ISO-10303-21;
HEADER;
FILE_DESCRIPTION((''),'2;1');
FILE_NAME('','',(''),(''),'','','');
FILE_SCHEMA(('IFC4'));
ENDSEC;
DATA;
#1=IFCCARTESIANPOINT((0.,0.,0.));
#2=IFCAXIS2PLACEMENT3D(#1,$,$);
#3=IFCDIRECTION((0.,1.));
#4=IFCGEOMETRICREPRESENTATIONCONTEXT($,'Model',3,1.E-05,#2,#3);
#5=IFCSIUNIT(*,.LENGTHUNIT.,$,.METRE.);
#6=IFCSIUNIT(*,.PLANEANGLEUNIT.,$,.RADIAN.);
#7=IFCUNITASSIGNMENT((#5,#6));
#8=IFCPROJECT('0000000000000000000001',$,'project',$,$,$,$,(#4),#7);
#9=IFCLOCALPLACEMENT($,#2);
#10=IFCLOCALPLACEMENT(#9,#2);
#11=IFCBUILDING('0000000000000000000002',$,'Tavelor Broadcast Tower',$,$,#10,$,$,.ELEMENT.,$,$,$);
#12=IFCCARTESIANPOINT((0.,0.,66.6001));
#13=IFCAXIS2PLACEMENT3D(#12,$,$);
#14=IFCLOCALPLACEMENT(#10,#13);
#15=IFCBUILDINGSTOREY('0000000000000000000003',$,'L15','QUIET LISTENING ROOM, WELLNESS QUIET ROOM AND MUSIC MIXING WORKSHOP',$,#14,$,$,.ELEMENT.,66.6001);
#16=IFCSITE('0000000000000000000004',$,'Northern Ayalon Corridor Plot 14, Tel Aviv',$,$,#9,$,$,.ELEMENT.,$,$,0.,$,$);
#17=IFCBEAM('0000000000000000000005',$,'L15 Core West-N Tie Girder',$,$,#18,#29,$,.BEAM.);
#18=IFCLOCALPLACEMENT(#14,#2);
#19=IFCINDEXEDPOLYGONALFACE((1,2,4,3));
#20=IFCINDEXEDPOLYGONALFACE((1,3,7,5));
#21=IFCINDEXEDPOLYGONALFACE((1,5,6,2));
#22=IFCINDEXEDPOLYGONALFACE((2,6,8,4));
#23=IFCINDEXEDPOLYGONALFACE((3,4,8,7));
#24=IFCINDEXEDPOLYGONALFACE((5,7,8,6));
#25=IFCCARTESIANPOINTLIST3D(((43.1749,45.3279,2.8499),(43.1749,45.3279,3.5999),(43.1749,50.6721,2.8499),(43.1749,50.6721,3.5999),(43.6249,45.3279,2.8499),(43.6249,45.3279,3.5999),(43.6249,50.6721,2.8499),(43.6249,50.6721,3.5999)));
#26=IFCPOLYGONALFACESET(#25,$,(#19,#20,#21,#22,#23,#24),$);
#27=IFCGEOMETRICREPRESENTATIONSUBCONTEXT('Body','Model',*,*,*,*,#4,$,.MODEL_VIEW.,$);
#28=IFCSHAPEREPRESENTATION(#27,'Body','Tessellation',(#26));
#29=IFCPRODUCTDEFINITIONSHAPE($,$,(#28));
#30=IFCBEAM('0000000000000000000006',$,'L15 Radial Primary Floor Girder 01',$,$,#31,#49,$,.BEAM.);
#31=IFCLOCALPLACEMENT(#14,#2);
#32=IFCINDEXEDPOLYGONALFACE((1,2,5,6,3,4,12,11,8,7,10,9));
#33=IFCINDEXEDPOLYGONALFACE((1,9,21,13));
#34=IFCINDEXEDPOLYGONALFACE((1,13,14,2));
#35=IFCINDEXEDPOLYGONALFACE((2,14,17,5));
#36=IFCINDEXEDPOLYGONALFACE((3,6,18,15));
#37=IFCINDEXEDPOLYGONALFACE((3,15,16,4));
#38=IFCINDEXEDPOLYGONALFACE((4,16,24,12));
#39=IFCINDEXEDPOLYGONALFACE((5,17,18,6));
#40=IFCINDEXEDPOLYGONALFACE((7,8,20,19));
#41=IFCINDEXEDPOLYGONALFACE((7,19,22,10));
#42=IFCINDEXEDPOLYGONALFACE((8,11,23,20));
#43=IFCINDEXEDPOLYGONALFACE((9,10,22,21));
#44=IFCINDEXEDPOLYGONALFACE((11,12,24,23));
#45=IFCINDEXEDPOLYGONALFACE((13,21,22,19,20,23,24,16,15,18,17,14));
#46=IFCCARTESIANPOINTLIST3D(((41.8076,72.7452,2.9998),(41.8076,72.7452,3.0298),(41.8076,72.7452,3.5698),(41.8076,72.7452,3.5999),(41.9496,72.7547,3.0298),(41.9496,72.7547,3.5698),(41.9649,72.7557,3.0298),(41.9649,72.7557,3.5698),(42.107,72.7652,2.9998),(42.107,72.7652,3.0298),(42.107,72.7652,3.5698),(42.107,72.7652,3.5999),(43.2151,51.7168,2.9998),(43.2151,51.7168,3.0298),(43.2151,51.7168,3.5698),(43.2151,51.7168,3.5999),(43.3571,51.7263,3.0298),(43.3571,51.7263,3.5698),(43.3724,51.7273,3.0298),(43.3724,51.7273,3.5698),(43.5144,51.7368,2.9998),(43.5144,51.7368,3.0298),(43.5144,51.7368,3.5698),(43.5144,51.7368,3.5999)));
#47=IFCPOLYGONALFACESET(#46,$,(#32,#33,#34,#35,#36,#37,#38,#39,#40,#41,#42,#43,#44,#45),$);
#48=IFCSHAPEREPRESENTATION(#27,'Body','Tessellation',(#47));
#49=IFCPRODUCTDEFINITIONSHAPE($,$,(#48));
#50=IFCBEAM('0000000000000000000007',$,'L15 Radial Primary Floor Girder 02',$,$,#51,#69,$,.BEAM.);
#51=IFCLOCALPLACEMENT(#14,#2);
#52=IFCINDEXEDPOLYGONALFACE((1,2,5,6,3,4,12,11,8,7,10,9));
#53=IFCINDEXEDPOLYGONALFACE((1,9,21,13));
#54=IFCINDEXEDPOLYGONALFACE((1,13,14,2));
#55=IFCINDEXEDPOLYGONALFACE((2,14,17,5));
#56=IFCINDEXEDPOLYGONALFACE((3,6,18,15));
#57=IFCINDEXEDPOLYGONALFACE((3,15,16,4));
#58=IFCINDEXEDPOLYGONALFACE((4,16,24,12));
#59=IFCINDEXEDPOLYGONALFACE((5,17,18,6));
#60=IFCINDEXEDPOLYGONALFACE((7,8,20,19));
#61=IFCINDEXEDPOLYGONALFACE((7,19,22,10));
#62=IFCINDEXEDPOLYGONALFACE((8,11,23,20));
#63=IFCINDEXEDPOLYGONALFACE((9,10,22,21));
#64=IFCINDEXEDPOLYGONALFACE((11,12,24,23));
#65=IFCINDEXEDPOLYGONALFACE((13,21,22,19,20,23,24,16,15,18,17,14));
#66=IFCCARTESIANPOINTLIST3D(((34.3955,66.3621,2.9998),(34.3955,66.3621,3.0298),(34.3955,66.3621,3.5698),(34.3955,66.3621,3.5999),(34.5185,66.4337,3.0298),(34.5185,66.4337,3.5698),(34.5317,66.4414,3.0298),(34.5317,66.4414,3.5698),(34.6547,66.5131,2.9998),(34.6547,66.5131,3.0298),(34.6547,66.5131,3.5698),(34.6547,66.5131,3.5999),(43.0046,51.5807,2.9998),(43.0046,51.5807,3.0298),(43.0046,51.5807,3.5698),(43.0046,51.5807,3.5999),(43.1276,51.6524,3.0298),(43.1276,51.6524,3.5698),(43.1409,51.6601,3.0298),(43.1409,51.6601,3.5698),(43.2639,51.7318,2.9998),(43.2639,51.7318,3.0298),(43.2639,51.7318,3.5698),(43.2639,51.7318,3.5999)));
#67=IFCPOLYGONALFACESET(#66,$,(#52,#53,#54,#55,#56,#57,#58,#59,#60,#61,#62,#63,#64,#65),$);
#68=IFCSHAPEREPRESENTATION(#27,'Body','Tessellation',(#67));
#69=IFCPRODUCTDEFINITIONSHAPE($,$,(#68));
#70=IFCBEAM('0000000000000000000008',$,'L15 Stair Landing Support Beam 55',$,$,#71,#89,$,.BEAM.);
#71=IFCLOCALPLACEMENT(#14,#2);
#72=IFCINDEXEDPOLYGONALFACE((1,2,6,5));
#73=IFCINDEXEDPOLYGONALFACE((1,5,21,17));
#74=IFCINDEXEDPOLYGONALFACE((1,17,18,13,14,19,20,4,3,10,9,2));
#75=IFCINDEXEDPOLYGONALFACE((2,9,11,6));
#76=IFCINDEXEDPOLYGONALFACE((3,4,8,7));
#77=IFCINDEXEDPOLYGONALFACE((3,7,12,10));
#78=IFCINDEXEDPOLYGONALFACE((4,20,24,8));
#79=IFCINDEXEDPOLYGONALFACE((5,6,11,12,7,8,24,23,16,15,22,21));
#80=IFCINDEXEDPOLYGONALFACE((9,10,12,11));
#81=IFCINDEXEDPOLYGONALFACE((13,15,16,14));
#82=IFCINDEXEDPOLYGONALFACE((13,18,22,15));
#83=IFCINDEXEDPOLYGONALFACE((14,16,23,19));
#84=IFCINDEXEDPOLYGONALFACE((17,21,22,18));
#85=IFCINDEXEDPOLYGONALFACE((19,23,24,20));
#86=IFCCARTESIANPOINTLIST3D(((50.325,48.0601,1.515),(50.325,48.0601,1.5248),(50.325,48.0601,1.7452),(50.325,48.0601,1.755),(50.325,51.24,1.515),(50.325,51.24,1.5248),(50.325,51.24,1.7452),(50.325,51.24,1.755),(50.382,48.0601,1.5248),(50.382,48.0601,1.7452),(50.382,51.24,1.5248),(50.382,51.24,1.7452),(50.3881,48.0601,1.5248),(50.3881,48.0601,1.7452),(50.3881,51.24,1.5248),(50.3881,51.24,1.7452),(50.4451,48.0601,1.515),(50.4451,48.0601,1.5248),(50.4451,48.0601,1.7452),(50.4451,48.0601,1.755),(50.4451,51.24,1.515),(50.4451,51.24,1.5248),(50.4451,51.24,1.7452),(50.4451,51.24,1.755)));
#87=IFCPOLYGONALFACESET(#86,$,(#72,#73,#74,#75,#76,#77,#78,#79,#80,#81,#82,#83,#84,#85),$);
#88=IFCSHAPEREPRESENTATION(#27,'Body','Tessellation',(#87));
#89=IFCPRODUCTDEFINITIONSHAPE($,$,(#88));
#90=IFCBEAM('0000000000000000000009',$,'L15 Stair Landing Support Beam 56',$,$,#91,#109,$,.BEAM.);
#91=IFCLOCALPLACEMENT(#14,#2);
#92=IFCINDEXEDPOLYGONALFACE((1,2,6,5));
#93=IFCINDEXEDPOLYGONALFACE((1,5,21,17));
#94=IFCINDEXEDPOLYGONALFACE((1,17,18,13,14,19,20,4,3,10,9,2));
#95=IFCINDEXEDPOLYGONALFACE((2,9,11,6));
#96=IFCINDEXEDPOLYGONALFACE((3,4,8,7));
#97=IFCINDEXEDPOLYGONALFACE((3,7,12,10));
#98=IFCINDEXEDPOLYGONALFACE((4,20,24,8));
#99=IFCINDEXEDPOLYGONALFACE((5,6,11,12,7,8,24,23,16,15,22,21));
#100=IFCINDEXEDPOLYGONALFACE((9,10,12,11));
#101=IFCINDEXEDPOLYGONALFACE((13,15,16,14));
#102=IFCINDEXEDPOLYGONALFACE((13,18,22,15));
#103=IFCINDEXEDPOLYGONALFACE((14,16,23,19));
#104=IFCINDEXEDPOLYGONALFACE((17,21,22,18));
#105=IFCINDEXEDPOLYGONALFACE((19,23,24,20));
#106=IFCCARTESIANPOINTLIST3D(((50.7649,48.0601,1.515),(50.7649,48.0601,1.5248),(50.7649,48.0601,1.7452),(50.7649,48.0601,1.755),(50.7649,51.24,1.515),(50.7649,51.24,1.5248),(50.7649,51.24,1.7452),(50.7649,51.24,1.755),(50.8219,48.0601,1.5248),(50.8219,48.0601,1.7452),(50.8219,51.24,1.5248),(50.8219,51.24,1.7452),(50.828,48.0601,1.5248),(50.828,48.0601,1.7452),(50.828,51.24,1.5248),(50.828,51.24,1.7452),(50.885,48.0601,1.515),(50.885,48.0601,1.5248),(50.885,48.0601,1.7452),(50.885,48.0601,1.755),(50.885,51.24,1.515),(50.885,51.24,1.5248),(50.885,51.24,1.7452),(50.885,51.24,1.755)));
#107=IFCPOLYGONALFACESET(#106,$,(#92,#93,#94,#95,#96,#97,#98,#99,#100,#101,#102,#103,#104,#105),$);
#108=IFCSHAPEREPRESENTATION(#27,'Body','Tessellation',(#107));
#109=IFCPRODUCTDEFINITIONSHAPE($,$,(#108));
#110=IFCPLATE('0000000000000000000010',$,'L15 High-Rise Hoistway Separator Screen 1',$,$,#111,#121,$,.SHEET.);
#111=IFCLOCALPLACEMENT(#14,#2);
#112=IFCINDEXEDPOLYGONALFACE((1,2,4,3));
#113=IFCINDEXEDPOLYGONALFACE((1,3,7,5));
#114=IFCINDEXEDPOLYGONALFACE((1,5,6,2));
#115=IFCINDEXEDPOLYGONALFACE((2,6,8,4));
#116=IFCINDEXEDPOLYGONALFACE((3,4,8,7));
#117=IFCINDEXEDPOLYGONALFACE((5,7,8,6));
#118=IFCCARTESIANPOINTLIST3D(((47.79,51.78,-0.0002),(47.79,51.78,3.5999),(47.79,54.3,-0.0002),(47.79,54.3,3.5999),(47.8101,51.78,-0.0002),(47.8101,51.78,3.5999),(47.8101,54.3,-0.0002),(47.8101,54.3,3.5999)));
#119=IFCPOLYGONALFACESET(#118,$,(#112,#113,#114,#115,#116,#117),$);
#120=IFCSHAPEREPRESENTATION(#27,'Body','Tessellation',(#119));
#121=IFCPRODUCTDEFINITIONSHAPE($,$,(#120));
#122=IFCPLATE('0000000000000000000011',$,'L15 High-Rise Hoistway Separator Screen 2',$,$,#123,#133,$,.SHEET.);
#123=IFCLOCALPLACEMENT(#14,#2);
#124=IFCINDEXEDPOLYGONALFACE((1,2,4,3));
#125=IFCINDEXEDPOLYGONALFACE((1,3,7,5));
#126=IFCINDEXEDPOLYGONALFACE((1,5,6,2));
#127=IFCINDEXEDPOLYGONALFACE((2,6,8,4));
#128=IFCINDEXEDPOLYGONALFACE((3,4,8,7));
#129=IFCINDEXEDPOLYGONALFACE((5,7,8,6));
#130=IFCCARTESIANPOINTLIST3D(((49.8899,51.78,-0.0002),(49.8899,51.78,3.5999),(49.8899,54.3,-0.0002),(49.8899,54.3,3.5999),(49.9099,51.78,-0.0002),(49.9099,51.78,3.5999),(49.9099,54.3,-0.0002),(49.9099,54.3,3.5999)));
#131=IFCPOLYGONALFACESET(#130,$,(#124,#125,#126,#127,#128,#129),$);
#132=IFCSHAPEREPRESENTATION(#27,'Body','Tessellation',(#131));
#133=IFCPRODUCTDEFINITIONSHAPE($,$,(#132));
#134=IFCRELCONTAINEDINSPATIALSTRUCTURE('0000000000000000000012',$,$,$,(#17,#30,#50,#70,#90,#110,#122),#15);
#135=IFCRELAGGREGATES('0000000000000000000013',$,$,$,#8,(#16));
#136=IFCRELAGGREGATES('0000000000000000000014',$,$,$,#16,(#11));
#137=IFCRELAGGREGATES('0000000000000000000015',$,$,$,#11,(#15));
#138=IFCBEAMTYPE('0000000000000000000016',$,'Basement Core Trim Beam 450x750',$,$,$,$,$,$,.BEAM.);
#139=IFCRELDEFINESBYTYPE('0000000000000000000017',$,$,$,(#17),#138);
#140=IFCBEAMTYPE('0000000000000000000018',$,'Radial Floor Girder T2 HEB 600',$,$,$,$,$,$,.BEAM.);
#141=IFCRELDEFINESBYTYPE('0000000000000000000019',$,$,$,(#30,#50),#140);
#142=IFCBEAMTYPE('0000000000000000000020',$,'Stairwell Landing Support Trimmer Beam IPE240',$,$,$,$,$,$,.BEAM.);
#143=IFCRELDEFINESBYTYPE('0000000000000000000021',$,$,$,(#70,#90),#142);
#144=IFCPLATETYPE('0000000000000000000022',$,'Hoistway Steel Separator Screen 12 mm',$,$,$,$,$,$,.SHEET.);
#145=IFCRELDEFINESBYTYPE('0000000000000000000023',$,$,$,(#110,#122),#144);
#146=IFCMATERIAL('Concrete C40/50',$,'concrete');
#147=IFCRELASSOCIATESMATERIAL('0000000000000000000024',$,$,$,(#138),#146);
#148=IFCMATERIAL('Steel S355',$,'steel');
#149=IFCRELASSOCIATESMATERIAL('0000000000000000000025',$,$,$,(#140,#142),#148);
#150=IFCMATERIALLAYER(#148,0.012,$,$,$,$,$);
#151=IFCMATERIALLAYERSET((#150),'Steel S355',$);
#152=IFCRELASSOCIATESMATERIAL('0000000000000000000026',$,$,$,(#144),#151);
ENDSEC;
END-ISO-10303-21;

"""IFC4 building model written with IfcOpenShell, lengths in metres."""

from ifc_helpers import new_model, si_unit, direction, frame, origin, origin_2d, place, context, subcontext, project, spatial, rectangle, i_section, extrude, source, transform, mapped, material, layer, layer_set, material_profile, profile_set, type_object, type_shapes, element, save


model = new_model("IFC4")

# Units and contexts
model_context = context("Model", 3, precision=1e-05, world=origin(), true_north=direction((0.0, 1.0)))
body_context = subcontext(model_context, "Body", "Model", "MODEL_VIEW")
ifc_project = project(units=[si_unit("LENGTHUNIT", "METRE"), si_unit("PLANEANGLEUNIT", "RADIAN")], contexts=[model_context])

# Site, building, storey
site_placement = place(None, origin())
site = spatial("IfcSite", under=ifc_project, at=site_placement, Name="Northern Ayalon Corridor Plot 14, Tel Aviv", CompositionType="ELEMENT", RefElevation=0.0)
building_placement = place(site_placement, origin())
building = spatial("IfcBuilding", under=site, at=building_placement, Name="Tavelor Broadcast Tower", CompositionType="ELEMENT")
storey_placement = place(building_placement, frame((0.0, 0.0, 66.6001)))
storey = spatial("IfcBuildingStorey", under=building, at=storey_placement, Name="L15", Description="QUIET LISTENING ROOM, WELLNESS QUIET ROOM AND MUSIC MIXING WORKSHOP", CompositionType="ELEMENT", Elevation=66.6001)

# Beams
ifc_material_1 = material(Name="Concrete C40/50", Category="concrete")
ifc_material_profile_1 = material_profile(ifc_material_1, rectangle(XDim=0.45, YDim=0.75, at=origin_2d()), Name="RC 450x750")
ifc_profile_set_1 = profile_set([ifc_material_profile_1], Name="Concrete C40/50")
beam_type_1 = type_object("IfcBeamType", Name="Basement Core Trim Beam 450x750", PredefinedType="BEAM", material=ifc_profile_set_1)
beam_1_placement = place(storey_placement, frame((43.3999, 45.3279, 3.2249), z_axis=(0.0, 1.0, 0.0), x_axis=(-1.0, 0.0, 0.0)))
element("IfcBeam", 1, at=beam_1_placement, inside=storey, type_object=beam_type_1, Name="L15 Core West-N Tie Girder", PredefinedType="BEAM", context=body_context, shape_type="SweptSolid", body=[
    extrude(rectangle(XDim=0.45, YDim=0.75, at=origin_2d()), origin(), (0.0, 0.0, 1.0), 5.3442),
])
ifc_material_2 = material(Name="Steel S355", Category="steel")
ifc_material_profile_2 = material_profile(ifc_material_2, i_section(OverallWidth=0.3, OverallDepth=0.6001, WebThickness=0.0154, FlangeThickness=0.03, at=origin_2d()), Name="HEB 600")
ifc_profile_set_2 = profile_set([ifc_material_profile_2], Name="Steel S355")
beam_type_2 = type_object("IfcBeamType", Name="Radial Floor Girder T2 HEB 600", PredefinedType="BEAM", material=ifc_profile_set_2)
beam_2_placement = place(storey_placement, frame((43.3647, 51.7268, 3.2998), z_axis=(-0.066783, 0.997768, 0.0), x_axis=(-0.997768, -0.066783, 0.0)))
element("IfcBeam", 2, at=beam_2_placement, inside=storey, type_object=beam_type_2, Name="L15 Radial Primary Floor Girder 01", PredefinedType="BEAM", context=body_context, shape_type="SweptSolid", body=[
    extrude(i_section(OverallWidth=0.3, OverallDepth=0.6001, WebThickness=0.0154, FlangeThickness=0.03, at=origin_2d()), origin(), (0.0, 0.0, 1.0), 21.0754),
])
beam_3_placement = place(storey_placement, frame((43.1343, 51.6562, 3.2998), z_axis=(-0.503292, 0.864116, 0.0), x_axis=(-0.864116, -0.503292, 0.0)))
element("IfcBeam", 3, at=beam_3_placement, inside=storey, type_object=beam_type_2, Name="L15 Radial Primary Floor Girder 02", PredefinedType="BEAM", context=body_context, shape_type="SweptSolid", body=[
    extrude(i_section(OverallWidth=0.3, OverallDepth=0.6001, WebThickness=0.0154, FlangeThickness=0.03, at=origin_2d()), origin(), (0.0, 0.0, 1.0), 17.1057),
])
ifc_material_profile_3 = material_profile(ifc_material_2, i_section(OverallWidth=0.1201, OverallDepth=0.24, WebThickness=0.0061, FlangeThickness=0.0098, at=origin_2d()), Name="IPE 240")
ifc_profile_set_3 = profile_set([ifc_material_profile_3], Name="Steel S355")
beam_type_3 = type_object("IfcBeamType", Name="Stairwell Landing Support Trimmer Beam IPE240", PredefinedType="BEAM", material=ifc_profile_set_3)
for number, where, z_axis, x_axis, name in (
    (4, (50.385, 48.0601, 1.635), (0.0, 1.0, 0.0), (-1.0, 0.0, 0.0), "L15 Stair Landing Support Beam 55"),
    (5, (50.825, 48.0601, 1.635), (0.0, 1.0, 0.0), (-1.0, 0.0, 0.0), "L15 Stair Landing Support Beam 56"),
):
    element("IfcBeam", number, at=place(storey_placement, frame(where, z_axis=z_axis, x_axis=x_axis)), inside=storey, type_object=beam_type_3, Name=name, PredefinedType="BEAM", context=body_context, shape_type="SweptSolid", body=[
        extrude(i_section(OverallWidth=0.1201, OverallDepth=0.24, WebThickness=0.0061, FlangeThickness=0.0098, at=origin_2d()), origin(), (0.0, 0.0, 1.0), 3.1799),
    ])

# Plates
ifc_layer_1 = layer(ifc_material_2, 0.012)
ifc_layer_set_1 = layer_set([ifc_layer_1], Name="Steel S355")
plate_type = type_object("IfcPlateType", Name="Hoistway Steel Separator Screen 12 mm", PredefinedType="SHEET", material=ifc_layer_set_1)
shared_shape = source(origin(), body_context, "Body", "SweptSolid", [
    extrude(rectangle(XDim=0.02, YDim=2.52, at=origin_2d()), origin(), (0.0, 0.0, 1.0), 3.6001),
])
type_shapes(plate_type, [shared_shape])
for number, where, z_axis, x_axis, name in (
    (6, (47.8, 53.04, -0.0002), (0.0, 0.0, 1.0), (1.0, 0.0, 0.0), "L15 High-Rise Hoistway Separator Screen 1"),
    (7, (49.8999, 53.04, -0.0002), (0.0, 0.0, 1.0), (1.0, 0.0, 0.0), "L15 High-Rise Hoistway Separator Screen 2"),
):
    element("IfcPlate", number, at=place(storey_placement, frame(where, z_axis=z_axis, x_axis=x_axis)), inside=storey, type_object=plate_type, Name=name, PredefinedType="SHEET", context=body_context, shape_type="MappedRepresentation", body=[
        mapped(shared_shape, transform((0.0, 0.0, 0.0), scale=1.0)),
    ])

save(model, "model.ifc")
